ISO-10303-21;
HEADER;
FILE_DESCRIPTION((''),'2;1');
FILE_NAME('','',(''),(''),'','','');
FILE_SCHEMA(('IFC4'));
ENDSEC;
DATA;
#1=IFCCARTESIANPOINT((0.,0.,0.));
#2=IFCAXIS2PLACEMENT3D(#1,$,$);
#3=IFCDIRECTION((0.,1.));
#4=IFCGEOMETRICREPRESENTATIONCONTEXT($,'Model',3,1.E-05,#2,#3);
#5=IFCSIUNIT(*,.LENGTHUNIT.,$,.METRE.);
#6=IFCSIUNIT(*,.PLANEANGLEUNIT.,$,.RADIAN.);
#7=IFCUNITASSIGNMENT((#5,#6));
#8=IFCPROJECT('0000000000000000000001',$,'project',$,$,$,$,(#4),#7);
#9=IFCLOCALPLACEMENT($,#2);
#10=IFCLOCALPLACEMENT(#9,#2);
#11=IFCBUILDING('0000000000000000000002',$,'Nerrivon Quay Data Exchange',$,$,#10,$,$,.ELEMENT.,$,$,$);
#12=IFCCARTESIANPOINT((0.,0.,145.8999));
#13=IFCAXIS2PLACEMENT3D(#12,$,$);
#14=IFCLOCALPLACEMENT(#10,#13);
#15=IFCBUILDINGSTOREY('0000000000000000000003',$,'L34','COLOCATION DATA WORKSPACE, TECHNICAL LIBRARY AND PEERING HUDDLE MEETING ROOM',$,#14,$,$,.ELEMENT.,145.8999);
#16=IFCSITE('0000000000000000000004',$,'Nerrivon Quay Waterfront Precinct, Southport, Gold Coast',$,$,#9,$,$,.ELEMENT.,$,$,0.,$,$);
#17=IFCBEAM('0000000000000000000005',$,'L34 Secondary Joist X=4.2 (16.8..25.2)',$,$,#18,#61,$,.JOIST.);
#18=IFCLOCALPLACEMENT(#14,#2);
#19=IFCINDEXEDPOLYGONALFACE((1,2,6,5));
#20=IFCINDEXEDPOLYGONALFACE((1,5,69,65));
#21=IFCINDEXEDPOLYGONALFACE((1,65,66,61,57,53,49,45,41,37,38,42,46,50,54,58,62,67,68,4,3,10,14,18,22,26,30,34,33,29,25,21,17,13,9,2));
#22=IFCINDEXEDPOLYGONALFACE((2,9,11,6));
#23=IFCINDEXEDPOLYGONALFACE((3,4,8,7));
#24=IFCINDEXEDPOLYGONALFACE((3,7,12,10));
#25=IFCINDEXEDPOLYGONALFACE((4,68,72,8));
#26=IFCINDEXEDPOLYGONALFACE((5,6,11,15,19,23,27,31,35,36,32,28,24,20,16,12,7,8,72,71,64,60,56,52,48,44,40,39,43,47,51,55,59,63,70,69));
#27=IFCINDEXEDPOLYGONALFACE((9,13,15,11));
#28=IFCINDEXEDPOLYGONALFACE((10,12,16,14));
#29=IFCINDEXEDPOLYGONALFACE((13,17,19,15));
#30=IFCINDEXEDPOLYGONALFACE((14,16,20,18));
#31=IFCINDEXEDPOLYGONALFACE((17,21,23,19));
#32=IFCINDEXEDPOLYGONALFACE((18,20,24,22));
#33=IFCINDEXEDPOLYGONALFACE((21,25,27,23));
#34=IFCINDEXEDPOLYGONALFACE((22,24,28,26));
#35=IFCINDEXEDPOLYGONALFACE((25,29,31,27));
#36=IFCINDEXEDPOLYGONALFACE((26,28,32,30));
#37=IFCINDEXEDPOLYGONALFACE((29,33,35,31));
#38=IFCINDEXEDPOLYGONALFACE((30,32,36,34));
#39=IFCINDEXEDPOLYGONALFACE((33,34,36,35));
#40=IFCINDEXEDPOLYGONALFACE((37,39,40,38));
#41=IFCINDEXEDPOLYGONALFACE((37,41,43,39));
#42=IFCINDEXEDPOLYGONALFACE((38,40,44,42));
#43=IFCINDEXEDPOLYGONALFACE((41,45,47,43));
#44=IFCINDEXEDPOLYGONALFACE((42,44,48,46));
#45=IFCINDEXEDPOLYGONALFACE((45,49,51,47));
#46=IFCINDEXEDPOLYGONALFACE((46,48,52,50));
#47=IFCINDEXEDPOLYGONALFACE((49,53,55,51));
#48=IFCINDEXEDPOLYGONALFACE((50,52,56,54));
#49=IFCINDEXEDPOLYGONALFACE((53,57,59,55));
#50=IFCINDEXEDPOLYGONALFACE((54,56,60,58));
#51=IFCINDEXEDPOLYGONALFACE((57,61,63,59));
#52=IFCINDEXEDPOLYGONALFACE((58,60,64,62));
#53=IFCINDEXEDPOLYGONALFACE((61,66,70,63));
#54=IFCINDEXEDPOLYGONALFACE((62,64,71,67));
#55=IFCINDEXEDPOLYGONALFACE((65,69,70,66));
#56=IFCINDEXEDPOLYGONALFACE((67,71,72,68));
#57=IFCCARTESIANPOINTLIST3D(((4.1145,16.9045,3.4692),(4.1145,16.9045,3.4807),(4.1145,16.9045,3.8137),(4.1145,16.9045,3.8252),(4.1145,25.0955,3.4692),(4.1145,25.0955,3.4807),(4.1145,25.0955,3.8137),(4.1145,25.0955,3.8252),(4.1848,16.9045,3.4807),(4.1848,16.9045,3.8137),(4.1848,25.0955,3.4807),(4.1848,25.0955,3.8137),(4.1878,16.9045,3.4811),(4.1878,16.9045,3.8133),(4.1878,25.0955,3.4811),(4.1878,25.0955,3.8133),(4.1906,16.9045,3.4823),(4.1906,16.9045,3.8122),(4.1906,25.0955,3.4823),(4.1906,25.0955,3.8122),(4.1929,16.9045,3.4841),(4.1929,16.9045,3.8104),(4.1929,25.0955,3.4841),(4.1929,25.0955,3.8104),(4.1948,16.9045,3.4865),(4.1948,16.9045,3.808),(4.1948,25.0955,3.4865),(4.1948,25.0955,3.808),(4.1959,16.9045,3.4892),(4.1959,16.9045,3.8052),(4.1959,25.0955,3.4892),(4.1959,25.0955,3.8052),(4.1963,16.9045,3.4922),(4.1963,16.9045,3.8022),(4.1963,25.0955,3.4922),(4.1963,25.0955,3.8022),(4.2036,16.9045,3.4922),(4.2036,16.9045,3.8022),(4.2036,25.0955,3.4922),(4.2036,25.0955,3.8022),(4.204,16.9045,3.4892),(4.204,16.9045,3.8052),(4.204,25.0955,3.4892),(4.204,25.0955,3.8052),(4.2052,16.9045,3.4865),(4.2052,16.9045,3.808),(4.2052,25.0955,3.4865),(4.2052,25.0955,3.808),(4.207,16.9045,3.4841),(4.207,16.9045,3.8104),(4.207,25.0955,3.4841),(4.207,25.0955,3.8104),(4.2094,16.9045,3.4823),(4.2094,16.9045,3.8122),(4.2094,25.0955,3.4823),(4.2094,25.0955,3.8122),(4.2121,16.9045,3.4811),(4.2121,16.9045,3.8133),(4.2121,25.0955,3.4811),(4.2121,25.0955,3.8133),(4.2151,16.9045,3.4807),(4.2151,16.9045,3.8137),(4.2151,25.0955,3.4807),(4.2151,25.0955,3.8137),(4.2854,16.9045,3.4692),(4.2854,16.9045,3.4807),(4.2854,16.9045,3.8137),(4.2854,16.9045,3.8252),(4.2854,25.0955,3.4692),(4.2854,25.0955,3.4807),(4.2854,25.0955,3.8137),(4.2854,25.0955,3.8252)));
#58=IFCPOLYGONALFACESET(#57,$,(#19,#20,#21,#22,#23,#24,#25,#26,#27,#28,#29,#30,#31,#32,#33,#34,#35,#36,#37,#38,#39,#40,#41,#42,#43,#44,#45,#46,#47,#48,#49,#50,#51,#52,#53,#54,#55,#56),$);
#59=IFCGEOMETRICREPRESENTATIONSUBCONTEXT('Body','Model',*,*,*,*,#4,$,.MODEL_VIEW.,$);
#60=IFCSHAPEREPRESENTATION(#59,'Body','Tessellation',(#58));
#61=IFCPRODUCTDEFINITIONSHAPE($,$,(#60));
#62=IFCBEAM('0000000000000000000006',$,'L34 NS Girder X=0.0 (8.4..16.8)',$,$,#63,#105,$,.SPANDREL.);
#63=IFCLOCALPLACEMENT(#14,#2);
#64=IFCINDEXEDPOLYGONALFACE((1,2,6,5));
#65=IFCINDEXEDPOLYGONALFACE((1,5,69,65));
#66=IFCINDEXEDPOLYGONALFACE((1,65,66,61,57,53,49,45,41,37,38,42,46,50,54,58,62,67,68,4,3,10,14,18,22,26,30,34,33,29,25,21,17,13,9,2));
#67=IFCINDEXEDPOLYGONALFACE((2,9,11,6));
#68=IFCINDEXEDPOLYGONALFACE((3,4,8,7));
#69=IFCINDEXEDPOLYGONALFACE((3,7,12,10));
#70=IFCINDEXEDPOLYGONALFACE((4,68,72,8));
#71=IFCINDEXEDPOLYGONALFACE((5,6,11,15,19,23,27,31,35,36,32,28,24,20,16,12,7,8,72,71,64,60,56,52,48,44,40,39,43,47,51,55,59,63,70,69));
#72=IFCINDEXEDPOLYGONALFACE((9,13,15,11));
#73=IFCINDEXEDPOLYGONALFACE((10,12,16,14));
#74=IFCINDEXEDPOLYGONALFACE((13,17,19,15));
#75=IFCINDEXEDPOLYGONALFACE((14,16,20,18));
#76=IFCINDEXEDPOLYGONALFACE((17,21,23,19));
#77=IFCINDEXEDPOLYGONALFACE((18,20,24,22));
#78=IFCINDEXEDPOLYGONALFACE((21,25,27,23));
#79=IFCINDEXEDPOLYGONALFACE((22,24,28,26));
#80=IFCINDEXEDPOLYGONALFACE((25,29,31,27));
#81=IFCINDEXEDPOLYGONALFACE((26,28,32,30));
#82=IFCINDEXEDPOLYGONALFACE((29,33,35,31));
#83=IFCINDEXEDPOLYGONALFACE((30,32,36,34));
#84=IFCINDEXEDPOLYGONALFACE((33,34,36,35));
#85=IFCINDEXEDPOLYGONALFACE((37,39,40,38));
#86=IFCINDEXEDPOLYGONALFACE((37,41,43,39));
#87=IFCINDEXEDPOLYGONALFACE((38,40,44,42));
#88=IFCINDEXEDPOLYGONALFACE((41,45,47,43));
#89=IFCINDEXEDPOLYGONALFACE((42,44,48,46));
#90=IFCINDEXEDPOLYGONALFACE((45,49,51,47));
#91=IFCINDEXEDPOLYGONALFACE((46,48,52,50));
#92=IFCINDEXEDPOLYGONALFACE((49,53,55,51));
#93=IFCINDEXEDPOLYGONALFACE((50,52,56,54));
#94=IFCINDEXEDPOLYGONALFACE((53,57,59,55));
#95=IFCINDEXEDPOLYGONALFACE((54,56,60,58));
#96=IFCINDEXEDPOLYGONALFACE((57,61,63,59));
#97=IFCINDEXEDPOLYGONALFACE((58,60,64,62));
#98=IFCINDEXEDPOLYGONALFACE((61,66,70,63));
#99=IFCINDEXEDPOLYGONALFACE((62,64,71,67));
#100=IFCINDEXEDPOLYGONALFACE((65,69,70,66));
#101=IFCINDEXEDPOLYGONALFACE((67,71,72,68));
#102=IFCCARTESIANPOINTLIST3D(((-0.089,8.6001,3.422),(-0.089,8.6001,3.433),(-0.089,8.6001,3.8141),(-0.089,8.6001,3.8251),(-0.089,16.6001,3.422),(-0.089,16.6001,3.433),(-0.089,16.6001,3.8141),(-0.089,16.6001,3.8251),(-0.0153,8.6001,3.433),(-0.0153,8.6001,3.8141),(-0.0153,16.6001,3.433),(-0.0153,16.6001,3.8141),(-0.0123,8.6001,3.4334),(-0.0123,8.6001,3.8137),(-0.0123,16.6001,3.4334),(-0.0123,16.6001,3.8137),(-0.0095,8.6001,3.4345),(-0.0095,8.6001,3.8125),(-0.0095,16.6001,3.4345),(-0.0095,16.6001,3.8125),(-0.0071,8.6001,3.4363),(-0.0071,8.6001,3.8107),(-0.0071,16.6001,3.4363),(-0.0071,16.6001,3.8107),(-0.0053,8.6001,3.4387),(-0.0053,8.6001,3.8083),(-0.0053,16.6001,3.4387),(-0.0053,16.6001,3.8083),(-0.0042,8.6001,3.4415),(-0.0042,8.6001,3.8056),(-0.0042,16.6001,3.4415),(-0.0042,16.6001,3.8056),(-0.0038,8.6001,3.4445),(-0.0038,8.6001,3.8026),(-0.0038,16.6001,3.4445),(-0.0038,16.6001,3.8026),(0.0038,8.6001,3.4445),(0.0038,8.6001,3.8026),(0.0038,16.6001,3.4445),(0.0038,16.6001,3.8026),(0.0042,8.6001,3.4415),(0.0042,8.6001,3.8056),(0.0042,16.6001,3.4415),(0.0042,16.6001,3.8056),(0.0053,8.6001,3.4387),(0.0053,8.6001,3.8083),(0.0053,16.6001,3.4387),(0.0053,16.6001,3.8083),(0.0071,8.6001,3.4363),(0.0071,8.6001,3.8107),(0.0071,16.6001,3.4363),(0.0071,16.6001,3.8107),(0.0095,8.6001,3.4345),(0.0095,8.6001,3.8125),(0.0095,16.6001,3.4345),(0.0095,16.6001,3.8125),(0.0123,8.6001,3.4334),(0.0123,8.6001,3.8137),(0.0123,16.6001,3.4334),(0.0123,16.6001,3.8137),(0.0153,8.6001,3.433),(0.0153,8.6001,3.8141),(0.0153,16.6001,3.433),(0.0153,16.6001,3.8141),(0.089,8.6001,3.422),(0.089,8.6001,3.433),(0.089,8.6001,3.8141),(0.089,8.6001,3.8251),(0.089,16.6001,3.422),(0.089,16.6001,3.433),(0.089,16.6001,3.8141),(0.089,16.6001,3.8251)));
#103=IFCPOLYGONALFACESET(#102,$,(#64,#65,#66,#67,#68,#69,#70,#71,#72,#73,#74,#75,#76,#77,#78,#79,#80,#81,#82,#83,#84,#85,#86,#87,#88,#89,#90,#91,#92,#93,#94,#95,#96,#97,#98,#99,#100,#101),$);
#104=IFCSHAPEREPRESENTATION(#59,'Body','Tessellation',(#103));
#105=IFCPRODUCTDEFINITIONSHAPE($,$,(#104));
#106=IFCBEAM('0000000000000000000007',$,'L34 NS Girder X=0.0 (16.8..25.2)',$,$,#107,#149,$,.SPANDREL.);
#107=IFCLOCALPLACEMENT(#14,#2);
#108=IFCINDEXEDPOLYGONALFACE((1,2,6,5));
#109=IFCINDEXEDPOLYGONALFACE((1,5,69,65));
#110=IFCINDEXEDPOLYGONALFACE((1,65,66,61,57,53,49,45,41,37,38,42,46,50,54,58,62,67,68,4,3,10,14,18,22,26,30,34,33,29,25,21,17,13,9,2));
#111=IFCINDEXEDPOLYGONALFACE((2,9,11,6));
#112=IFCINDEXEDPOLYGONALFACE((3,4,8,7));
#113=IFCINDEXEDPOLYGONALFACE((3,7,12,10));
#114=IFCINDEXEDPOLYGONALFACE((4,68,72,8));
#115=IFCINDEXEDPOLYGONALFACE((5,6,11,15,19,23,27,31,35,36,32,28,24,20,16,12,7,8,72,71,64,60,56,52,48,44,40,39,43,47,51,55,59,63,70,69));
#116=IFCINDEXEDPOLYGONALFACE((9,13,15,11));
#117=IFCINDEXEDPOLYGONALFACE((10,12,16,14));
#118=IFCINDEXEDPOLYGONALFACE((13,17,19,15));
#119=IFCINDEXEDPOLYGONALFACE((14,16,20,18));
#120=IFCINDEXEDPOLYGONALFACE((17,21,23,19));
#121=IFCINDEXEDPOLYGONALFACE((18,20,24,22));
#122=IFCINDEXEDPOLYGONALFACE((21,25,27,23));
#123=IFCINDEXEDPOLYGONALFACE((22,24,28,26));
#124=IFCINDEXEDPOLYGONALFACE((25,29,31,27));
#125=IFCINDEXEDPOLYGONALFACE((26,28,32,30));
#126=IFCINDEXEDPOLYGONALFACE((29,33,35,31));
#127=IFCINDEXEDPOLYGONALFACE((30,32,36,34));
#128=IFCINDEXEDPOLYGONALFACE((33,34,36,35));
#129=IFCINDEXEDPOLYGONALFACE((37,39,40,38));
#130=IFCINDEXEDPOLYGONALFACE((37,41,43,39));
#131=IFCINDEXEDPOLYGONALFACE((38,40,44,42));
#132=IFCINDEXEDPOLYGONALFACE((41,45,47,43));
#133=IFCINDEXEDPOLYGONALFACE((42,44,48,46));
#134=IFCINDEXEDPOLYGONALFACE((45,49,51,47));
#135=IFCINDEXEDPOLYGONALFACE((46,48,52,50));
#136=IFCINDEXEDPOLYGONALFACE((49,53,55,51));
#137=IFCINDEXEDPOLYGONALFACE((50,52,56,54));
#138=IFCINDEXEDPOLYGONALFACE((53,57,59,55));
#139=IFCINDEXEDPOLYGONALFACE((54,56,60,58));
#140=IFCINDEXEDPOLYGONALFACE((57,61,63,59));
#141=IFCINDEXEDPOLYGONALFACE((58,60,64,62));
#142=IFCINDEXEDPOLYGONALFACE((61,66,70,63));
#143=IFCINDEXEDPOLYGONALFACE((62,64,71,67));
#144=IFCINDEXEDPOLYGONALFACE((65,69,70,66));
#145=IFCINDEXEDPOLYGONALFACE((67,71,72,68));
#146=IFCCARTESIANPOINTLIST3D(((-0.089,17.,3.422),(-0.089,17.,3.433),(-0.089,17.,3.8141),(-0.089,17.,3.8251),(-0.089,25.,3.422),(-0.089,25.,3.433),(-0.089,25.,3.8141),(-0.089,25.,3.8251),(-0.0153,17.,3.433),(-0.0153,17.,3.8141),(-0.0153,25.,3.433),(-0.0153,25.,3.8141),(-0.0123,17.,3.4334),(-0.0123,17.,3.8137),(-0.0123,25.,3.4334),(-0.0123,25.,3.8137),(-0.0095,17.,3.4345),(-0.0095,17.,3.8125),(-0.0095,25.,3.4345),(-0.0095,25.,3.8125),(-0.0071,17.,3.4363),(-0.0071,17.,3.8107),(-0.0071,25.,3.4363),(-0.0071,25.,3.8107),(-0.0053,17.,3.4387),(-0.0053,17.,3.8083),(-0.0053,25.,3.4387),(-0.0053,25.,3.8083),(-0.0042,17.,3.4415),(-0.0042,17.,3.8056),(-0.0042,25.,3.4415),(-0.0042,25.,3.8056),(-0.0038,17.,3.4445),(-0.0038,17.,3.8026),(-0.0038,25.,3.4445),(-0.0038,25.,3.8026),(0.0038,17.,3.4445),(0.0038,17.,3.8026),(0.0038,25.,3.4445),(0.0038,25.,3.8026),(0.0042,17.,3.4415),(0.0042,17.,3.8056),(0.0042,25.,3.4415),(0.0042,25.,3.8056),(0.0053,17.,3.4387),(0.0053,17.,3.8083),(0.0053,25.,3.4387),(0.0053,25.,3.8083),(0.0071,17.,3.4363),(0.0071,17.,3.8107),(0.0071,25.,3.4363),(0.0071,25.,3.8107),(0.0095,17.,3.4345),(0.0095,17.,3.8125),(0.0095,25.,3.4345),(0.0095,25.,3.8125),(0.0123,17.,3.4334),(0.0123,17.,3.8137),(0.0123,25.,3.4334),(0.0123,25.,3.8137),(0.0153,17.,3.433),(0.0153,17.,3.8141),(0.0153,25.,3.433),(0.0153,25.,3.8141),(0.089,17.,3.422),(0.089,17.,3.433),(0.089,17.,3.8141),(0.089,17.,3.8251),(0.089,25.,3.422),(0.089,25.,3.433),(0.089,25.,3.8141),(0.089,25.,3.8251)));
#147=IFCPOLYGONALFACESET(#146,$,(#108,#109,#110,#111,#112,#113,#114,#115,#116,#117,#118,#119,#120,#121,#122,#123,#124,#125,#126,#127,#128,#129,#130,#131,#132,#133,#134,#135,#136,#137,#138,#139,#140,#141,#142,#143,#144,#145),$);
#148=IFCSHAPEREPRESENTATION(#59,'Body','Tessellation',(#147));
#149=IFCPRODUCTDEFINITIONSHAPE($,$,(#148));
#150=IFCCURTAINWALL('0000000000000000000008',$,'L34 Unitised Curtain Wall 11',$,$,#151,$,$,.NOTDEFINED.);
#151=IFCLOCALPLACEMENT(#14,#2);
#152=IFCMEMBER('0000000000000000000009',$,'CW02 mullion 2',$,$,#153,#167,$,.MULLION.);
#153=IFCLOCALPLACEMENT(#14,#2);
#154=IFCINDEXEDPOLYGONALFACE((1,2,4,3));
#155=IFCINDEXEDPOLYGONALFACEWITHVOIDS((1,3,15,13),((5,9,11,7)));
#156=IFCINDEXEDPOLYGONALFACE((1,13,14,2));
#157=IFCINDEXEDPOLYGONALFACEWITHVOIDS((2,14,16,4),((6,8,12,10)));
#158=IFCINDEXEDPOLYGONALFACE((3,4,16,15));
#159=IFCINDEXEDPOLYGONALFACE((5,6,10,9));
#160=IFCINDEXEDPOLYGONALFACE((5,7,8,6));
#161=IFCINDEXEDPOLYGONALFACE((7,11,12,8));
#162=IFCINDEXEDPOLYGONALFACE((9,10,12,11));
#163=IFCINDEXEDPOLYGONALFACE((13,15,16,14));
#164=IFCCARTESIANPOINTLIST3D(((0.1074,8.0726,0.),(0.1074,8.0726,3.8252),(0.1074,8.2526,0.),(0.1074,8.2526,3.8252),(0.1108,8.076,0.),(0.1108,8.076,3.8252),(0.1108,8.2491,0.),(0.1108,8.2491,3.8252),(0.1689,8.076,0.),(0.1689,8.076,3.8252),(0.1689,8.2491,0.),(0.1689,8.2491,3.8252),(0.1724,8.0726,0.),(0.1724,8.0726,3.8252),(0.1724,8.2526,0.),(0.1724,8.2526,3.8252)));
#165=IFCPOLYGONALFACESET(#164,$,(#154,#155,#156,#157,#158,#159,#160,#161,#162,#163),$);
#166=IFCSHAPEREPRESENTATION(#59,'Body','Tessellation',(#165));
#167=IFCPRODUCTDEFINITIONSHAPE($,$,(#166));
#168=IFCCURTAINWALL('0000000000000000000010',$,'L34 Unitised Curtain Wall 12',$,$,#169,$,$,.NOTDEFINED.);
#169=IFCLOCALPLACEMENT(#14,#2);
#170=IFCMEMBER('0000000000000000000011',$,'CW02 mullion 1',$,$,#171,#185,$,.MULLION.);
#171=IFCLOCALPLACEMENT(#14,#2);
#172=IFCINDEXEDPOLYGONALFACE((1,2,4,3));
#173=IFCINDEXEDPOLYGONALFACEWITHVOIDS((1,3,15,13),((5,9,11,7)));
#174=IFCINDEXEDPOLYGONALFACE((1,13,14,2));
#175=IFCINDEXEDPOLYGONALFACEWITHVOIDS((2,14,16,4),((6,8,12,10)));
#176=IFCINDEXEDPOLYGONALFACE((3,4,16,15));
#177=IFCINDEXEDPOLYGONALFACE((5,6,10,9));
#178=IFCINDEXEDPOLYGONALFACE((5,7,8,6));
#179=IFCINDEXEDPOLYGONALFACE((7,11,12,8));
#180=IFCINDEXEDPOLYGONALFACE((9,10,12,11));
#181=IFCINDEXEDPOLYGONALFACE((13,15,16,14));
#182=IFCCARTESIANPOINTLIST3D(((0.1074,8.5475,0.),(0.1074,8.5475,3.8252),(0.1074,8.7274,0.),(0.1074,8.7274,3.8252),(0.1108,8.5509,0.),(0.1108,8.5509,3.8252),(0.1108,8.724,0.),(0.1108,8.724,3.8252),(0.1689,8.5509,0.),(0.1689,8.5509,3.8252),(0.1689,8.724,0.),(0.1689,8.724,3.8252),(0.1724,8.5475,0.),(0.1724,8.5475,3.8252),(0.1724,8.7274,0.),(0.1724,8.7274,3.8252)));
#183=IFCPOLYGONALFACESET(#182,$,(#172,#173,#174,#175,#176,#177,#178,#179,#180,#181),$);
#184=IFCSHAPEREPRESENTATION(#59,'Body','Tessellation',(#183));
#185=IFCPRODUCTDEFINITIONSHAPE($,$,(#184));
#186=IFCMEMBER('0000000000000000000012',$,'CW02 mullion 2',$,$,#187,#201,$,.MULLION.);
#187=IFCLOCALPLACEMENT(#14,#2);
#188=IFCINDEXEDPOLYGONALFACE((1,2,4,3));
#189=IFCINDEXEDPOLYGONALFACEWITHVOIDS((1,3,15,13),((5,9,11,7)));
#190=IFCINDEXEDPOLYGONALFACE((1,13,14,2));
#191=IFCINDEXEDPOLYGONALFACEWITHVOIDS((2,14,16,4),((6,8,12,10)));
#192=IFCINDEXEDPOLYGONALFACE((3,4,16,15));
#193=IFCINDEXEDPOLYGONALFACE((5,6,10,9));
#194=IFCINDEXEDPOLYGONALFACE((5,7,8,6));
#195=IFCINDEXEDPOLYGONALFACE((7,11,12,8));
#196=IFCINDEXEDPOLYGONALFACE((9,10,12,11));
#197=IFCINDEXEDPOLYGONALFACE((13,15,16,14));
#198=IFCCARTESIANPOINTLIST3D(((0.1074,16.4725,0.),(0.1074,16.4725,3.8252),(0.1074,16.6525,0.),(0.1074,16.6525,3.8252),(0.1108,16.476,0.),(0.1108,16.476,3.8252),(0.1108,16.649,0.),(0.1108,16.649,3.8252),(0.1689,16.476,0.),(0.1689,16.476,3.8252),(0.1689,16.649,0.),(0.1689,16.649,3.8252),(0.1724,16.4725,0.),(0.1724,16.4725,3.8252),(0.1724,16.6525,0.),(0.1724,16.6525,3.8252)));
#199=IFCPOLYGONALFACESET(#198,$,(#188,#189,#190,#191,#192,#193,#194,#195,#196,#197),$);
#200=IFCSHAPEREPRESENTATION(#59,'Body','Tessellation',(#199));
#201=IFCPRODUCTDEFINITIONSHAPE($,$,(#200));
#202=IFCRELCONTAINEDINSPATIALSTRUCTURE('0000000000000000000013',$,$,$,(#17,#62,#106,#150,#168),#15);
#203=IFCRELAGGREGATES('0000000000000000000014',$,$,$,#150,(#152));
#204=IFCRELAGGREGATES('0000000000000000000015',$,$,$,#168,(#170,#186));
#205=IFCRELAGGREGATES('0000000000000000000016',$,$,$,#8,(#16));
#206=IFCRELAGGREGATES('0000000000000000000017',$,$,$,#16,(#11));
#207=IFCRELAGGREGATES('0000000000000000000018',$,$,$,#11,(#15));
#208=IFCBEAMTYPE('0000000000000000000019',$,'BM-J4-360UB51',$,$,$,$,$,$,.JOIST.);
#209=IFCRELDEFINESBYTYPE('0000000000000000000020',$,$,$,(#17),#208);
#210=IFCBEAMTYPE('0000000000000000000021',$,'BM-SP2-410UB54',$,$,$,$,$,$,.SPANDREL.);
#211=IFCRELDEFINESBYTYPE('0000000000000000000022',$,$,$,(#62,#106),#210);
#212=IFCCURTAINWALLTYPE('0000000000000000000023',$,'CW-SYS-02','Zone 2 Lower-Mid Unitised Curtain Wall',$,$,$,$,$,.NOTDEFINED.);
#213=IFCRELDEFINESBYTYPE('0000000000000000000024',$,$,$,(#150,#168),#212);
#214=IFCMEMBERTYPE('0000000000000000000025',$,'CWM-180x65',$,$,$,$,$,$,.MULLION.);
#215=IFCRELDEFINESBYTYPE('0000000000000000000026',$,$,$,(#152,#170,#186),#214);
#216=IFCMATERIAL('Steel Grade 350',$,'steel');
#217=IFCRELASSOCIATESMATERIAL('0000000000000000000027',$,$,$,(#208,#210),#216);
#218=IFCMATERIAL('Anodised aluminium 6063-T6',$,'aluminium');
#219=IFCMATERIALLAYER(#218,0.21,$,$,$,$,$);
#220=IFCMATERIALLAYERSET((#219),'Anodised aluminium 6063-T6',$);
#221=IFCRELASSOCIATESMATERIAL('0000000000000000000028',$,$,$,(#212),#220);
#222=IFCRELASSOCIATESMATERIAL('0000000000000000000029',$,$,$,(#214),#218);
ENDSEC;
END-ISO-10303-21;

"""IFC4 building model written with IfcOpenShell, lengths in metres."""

from ifc_helpers import new_model, si_unit, direction, frame, origin, origin_2d, place, context, subcontext, project, spatial, hollow_rectangle, i_section, extrude, material, layer, layer_set, material_profile, profile_set, type_object, element, aggregate, save


model = new_model("IFC4")

# Units and contexts
model_context = context("Model", 3, precision=1e-05, world=origin(), true_north=direction((0.0, 1.0)))
body_context = subcontext(model_context, "Body", "Model", "MODEL_VIEW")
ifc_project = project(units=[si_unit("LENGTHUNIT", "METRE"), si_unit("PLANEANGLEUNIT", "RADIAN")], contexts=[model_context])

# Site, building, storey
site_placement = place(None, origin())
site = spatial("IfcSite", under=ifc_project, at=site_placement, Name="Nerrivon Quay Waterfront Precinct, Southport, Gold Coast", CompositionType="ELEMENT", RefElevation=0.0)
building_placement = place(site_placement, origin())
building = spatial("IfcBuilding", under=site, at=building_placement, Name="Nerrivon Quay Data Exchange", CompositionType="ELEMENT")
storey_placement = place(building_placement, frame((0.0, 0.0, 145.8999)))
storey = spatial("IfcBuildingStorey", under=building, at=storey_placement, Name="L34", Description="COLOCATION DATA WORKSPACE, TECHNICAL LIBRARY AND PEERING HUDDLE MEETING ROOM", CompositionType="ELEMENT", Elevation=145.8999)

# Shared definitions
ifc_material_1 = material(Name="Steel Grade 350", Category="steel")

# Beams
ifc_material_profile_1 = material_profile(ifc_material_1, i_section(OverallWidth=0.1709, OverallDepth=0.356, WebThickness=0.0073, FlangeThickness=0.0115, FilletRadius=0.0115, at=origin_2d()), Name="360UB50.7")
ifc_profile_set_1 = profile_set([ifc_material_profile_1], Name="Steel Grade 350")
beam_type_1 = type_object("IfcBeamType", Name="BM-J4-360UB51", PredefinedType="JOIST", material=ifc_profile_set_1)
beam_1_placement = place(storey_placement, frame((4.2, 16.9045, 3.6472), z_axis=(0.0, 1.0, 0.0), x_axis=(-1.0, 0.0, 0.0)))
element("IfcBeam", 1, at=beam_1_placement, inside=storey, type_object=beam_type_1, Name="L34 Secondary Joist X=4.2 (16.8..25.2)", PredefinedType="JOIST", context=body_context, shape_type="SweptSolid", body=[
    extrude(i_section(OverallWidth=0.1709, OverallDepth=0.356, WebThickness=0.0073, FlangeThickness=0.0115, FilletRadius=0.0115, at=origin_2d()), origin(), (0.0, 0.0, 1.0), 8.1909),
])
ifc_material_profile_2 = material_profile(ifc_material_1, i_section(OverallWidth=0.178, OverallDepth=0.4031, WebThickness=0.0076, FlangeThickness=0.011, FilletRadius=0.0115, at=origin_2d()), Name="410UB53.7")
ifc_profile_set_2 = profile_set([ifc_material_profile_2], Name="Steel Grade 350")
beam_type_2 = type_object("IfcBeamType", Name="BM-SP2-410UB54", PredefinedType="SPANDREL", material=ifc_profile_set_2)
for number, where, z_axis, x_axis, name in (
    (2, (0.0, 8.6001, 3.6235), (0.0, 1.0, 0.0), (-1.0, 0.0, 0.0), "L34 NS Girder X=0.0 (8.4..16.8)"),
    (3, (0.0, 17.0, 3.6235), (0.0, 1.0, 0.0), (-1.0, 0.0, 0.0), "L34 NS Girder X=0.0 (16.8..25.2)"),
):
    element("IfcBeam", number, at=place(storey_placement, frame(where, z_axis=z_axis, x_axis=x_axis)), inside=storey, type_object=beam_type_2, Name=name, PredefinedType="SPANDREL", context=body_context, shape_type="SweptSolid", body=[
        extrude(i_section(OverallWidth=0.178, OverallDepth=0.4031, WebThickness=0.0076, FlangeThickness=0.011, FilletRadius=0.0115, at=origin_2d()), origin(), (0.0, 0.0, 1.0), 8.0),
    ])

# Curtain wall, member
ifc_material_2 = material(Name="Anodised aluminium 6063-T6", Category="aluminium")
ifc_layer_1 = layer(ifc_material_2, 0.21)
ifc_layer_set_1 = layer_set([ifc_layer_1], Name="Anodised aluminium 6063-T6")
curtain_wall_type = type_object("IfcCurtainWallType", Name="CW-SYS-02", Description="Zone 2 Lower-Mid Unitised Curtain Wall", PredefinedType="NOTDEFINED", material=ifc_layer_set_1)
curtain_wall_1_placement = place(storey_placement, origin())
curtain_wall_1 = element("IfcCurtainWall", 4, at=curtain_wall_1_placement, inside=storey, type_object=curtain_wall_type, Name="L34 Unitised Curtain Wall 11", PredefinedType="NOTDEFINED")
ifc_material_profile_3 = material_profile(ifc_material_2, hollow_rectangle(XDim=0.0649, YDim=0.1799, WallThickness=0.0034, at=origin_2d()), Name="ALU-MULL-180x65")
ifc_profile_set_3 = profile_set([ifc_material_profile_3], Name="Anodised aluminium 6063-T6")
member_type_1 = type_object("IfcMemberType", Name="CWM-180x65", PredefinedType="MULLION", material=ifc_profile_set_3)
member_1_placement = place(storey_placement, frame((0.1399, 8.1626, 0.0), z_axis=(0.0, 0.0, 1.0), x_axis=(-1.0, 0.0, 0.0)))
member_1 = element("IfcMember", 5, at=member_1_placement, type_object=member_type_1, Name="CW02 mullion 2", PredefinedType="MULLION", context=body_context, shape_type="SweptSolid", body=[
    extrude(hollow_rectangle(XDim=0.0649, YDim=0.1799, WallThickness=0.0034, at=origin_2d()), origin(), (0.0, 0.0, 1.0), 3.8252),
])

# Curtain wall, members
curtain_wall_2_placement = place(storey_placement, origin())
curtain_wall_2 = element("IfcCurtainWall", 6, at=curtain_wall_2_placement, inside=storey, type_object=curtain_wall_type, Name="L34 Unitised Curtain Wall 12", PredefinedType="NOTDEFINED")
member_2_placement = place(storey_placement, frame((0.1399, 8.6375, 0.0), z_axis=(0.0, 0.0, 1.0), x_axis=(-1.0, 0.0, 0.0)))
member_2 = element("IfcMember", 7, at=member_2_placement, type_object=member_type_1, Name="CW02 mullion 1", PredefinedType="MULLION", context=body_context, shape_type="SweptSolid", body=[
    extrude(hollow_rectangle(XDim=0.0649, YDim=0.1799, WallThickness=0.0034, at=origin_2d()), origin(), (0.0, 0.0, 1.0), 3.8252),
])
member_3_placement = place(storey_placement, frame((0.1399, 16.5625, 0.0), z_axis=(0.0, 0.0, 1.0), x_axis=(-1.0, 0.0, 0.0)))
member_3 = element("IfcMember", 8, at=member_3_placement, type_object=member_type_1, Name="CW02 mullion 2", PredefinedType="MULLION", context=body_context, shape_type="SweptSolid", body=[
    extrude(hollow_rectangle(XDim=0.0649, YDim=0.1799, WallThickness=0.0034, at=origin_2d()), origin(), (0.0, 0.0, 1.0), 3.8252),
])

aggregate(curtain_wall_1, [member_1])
aggregate(curtain_wall_2, [member_2, member_3])

save(model, "model.ifc")
